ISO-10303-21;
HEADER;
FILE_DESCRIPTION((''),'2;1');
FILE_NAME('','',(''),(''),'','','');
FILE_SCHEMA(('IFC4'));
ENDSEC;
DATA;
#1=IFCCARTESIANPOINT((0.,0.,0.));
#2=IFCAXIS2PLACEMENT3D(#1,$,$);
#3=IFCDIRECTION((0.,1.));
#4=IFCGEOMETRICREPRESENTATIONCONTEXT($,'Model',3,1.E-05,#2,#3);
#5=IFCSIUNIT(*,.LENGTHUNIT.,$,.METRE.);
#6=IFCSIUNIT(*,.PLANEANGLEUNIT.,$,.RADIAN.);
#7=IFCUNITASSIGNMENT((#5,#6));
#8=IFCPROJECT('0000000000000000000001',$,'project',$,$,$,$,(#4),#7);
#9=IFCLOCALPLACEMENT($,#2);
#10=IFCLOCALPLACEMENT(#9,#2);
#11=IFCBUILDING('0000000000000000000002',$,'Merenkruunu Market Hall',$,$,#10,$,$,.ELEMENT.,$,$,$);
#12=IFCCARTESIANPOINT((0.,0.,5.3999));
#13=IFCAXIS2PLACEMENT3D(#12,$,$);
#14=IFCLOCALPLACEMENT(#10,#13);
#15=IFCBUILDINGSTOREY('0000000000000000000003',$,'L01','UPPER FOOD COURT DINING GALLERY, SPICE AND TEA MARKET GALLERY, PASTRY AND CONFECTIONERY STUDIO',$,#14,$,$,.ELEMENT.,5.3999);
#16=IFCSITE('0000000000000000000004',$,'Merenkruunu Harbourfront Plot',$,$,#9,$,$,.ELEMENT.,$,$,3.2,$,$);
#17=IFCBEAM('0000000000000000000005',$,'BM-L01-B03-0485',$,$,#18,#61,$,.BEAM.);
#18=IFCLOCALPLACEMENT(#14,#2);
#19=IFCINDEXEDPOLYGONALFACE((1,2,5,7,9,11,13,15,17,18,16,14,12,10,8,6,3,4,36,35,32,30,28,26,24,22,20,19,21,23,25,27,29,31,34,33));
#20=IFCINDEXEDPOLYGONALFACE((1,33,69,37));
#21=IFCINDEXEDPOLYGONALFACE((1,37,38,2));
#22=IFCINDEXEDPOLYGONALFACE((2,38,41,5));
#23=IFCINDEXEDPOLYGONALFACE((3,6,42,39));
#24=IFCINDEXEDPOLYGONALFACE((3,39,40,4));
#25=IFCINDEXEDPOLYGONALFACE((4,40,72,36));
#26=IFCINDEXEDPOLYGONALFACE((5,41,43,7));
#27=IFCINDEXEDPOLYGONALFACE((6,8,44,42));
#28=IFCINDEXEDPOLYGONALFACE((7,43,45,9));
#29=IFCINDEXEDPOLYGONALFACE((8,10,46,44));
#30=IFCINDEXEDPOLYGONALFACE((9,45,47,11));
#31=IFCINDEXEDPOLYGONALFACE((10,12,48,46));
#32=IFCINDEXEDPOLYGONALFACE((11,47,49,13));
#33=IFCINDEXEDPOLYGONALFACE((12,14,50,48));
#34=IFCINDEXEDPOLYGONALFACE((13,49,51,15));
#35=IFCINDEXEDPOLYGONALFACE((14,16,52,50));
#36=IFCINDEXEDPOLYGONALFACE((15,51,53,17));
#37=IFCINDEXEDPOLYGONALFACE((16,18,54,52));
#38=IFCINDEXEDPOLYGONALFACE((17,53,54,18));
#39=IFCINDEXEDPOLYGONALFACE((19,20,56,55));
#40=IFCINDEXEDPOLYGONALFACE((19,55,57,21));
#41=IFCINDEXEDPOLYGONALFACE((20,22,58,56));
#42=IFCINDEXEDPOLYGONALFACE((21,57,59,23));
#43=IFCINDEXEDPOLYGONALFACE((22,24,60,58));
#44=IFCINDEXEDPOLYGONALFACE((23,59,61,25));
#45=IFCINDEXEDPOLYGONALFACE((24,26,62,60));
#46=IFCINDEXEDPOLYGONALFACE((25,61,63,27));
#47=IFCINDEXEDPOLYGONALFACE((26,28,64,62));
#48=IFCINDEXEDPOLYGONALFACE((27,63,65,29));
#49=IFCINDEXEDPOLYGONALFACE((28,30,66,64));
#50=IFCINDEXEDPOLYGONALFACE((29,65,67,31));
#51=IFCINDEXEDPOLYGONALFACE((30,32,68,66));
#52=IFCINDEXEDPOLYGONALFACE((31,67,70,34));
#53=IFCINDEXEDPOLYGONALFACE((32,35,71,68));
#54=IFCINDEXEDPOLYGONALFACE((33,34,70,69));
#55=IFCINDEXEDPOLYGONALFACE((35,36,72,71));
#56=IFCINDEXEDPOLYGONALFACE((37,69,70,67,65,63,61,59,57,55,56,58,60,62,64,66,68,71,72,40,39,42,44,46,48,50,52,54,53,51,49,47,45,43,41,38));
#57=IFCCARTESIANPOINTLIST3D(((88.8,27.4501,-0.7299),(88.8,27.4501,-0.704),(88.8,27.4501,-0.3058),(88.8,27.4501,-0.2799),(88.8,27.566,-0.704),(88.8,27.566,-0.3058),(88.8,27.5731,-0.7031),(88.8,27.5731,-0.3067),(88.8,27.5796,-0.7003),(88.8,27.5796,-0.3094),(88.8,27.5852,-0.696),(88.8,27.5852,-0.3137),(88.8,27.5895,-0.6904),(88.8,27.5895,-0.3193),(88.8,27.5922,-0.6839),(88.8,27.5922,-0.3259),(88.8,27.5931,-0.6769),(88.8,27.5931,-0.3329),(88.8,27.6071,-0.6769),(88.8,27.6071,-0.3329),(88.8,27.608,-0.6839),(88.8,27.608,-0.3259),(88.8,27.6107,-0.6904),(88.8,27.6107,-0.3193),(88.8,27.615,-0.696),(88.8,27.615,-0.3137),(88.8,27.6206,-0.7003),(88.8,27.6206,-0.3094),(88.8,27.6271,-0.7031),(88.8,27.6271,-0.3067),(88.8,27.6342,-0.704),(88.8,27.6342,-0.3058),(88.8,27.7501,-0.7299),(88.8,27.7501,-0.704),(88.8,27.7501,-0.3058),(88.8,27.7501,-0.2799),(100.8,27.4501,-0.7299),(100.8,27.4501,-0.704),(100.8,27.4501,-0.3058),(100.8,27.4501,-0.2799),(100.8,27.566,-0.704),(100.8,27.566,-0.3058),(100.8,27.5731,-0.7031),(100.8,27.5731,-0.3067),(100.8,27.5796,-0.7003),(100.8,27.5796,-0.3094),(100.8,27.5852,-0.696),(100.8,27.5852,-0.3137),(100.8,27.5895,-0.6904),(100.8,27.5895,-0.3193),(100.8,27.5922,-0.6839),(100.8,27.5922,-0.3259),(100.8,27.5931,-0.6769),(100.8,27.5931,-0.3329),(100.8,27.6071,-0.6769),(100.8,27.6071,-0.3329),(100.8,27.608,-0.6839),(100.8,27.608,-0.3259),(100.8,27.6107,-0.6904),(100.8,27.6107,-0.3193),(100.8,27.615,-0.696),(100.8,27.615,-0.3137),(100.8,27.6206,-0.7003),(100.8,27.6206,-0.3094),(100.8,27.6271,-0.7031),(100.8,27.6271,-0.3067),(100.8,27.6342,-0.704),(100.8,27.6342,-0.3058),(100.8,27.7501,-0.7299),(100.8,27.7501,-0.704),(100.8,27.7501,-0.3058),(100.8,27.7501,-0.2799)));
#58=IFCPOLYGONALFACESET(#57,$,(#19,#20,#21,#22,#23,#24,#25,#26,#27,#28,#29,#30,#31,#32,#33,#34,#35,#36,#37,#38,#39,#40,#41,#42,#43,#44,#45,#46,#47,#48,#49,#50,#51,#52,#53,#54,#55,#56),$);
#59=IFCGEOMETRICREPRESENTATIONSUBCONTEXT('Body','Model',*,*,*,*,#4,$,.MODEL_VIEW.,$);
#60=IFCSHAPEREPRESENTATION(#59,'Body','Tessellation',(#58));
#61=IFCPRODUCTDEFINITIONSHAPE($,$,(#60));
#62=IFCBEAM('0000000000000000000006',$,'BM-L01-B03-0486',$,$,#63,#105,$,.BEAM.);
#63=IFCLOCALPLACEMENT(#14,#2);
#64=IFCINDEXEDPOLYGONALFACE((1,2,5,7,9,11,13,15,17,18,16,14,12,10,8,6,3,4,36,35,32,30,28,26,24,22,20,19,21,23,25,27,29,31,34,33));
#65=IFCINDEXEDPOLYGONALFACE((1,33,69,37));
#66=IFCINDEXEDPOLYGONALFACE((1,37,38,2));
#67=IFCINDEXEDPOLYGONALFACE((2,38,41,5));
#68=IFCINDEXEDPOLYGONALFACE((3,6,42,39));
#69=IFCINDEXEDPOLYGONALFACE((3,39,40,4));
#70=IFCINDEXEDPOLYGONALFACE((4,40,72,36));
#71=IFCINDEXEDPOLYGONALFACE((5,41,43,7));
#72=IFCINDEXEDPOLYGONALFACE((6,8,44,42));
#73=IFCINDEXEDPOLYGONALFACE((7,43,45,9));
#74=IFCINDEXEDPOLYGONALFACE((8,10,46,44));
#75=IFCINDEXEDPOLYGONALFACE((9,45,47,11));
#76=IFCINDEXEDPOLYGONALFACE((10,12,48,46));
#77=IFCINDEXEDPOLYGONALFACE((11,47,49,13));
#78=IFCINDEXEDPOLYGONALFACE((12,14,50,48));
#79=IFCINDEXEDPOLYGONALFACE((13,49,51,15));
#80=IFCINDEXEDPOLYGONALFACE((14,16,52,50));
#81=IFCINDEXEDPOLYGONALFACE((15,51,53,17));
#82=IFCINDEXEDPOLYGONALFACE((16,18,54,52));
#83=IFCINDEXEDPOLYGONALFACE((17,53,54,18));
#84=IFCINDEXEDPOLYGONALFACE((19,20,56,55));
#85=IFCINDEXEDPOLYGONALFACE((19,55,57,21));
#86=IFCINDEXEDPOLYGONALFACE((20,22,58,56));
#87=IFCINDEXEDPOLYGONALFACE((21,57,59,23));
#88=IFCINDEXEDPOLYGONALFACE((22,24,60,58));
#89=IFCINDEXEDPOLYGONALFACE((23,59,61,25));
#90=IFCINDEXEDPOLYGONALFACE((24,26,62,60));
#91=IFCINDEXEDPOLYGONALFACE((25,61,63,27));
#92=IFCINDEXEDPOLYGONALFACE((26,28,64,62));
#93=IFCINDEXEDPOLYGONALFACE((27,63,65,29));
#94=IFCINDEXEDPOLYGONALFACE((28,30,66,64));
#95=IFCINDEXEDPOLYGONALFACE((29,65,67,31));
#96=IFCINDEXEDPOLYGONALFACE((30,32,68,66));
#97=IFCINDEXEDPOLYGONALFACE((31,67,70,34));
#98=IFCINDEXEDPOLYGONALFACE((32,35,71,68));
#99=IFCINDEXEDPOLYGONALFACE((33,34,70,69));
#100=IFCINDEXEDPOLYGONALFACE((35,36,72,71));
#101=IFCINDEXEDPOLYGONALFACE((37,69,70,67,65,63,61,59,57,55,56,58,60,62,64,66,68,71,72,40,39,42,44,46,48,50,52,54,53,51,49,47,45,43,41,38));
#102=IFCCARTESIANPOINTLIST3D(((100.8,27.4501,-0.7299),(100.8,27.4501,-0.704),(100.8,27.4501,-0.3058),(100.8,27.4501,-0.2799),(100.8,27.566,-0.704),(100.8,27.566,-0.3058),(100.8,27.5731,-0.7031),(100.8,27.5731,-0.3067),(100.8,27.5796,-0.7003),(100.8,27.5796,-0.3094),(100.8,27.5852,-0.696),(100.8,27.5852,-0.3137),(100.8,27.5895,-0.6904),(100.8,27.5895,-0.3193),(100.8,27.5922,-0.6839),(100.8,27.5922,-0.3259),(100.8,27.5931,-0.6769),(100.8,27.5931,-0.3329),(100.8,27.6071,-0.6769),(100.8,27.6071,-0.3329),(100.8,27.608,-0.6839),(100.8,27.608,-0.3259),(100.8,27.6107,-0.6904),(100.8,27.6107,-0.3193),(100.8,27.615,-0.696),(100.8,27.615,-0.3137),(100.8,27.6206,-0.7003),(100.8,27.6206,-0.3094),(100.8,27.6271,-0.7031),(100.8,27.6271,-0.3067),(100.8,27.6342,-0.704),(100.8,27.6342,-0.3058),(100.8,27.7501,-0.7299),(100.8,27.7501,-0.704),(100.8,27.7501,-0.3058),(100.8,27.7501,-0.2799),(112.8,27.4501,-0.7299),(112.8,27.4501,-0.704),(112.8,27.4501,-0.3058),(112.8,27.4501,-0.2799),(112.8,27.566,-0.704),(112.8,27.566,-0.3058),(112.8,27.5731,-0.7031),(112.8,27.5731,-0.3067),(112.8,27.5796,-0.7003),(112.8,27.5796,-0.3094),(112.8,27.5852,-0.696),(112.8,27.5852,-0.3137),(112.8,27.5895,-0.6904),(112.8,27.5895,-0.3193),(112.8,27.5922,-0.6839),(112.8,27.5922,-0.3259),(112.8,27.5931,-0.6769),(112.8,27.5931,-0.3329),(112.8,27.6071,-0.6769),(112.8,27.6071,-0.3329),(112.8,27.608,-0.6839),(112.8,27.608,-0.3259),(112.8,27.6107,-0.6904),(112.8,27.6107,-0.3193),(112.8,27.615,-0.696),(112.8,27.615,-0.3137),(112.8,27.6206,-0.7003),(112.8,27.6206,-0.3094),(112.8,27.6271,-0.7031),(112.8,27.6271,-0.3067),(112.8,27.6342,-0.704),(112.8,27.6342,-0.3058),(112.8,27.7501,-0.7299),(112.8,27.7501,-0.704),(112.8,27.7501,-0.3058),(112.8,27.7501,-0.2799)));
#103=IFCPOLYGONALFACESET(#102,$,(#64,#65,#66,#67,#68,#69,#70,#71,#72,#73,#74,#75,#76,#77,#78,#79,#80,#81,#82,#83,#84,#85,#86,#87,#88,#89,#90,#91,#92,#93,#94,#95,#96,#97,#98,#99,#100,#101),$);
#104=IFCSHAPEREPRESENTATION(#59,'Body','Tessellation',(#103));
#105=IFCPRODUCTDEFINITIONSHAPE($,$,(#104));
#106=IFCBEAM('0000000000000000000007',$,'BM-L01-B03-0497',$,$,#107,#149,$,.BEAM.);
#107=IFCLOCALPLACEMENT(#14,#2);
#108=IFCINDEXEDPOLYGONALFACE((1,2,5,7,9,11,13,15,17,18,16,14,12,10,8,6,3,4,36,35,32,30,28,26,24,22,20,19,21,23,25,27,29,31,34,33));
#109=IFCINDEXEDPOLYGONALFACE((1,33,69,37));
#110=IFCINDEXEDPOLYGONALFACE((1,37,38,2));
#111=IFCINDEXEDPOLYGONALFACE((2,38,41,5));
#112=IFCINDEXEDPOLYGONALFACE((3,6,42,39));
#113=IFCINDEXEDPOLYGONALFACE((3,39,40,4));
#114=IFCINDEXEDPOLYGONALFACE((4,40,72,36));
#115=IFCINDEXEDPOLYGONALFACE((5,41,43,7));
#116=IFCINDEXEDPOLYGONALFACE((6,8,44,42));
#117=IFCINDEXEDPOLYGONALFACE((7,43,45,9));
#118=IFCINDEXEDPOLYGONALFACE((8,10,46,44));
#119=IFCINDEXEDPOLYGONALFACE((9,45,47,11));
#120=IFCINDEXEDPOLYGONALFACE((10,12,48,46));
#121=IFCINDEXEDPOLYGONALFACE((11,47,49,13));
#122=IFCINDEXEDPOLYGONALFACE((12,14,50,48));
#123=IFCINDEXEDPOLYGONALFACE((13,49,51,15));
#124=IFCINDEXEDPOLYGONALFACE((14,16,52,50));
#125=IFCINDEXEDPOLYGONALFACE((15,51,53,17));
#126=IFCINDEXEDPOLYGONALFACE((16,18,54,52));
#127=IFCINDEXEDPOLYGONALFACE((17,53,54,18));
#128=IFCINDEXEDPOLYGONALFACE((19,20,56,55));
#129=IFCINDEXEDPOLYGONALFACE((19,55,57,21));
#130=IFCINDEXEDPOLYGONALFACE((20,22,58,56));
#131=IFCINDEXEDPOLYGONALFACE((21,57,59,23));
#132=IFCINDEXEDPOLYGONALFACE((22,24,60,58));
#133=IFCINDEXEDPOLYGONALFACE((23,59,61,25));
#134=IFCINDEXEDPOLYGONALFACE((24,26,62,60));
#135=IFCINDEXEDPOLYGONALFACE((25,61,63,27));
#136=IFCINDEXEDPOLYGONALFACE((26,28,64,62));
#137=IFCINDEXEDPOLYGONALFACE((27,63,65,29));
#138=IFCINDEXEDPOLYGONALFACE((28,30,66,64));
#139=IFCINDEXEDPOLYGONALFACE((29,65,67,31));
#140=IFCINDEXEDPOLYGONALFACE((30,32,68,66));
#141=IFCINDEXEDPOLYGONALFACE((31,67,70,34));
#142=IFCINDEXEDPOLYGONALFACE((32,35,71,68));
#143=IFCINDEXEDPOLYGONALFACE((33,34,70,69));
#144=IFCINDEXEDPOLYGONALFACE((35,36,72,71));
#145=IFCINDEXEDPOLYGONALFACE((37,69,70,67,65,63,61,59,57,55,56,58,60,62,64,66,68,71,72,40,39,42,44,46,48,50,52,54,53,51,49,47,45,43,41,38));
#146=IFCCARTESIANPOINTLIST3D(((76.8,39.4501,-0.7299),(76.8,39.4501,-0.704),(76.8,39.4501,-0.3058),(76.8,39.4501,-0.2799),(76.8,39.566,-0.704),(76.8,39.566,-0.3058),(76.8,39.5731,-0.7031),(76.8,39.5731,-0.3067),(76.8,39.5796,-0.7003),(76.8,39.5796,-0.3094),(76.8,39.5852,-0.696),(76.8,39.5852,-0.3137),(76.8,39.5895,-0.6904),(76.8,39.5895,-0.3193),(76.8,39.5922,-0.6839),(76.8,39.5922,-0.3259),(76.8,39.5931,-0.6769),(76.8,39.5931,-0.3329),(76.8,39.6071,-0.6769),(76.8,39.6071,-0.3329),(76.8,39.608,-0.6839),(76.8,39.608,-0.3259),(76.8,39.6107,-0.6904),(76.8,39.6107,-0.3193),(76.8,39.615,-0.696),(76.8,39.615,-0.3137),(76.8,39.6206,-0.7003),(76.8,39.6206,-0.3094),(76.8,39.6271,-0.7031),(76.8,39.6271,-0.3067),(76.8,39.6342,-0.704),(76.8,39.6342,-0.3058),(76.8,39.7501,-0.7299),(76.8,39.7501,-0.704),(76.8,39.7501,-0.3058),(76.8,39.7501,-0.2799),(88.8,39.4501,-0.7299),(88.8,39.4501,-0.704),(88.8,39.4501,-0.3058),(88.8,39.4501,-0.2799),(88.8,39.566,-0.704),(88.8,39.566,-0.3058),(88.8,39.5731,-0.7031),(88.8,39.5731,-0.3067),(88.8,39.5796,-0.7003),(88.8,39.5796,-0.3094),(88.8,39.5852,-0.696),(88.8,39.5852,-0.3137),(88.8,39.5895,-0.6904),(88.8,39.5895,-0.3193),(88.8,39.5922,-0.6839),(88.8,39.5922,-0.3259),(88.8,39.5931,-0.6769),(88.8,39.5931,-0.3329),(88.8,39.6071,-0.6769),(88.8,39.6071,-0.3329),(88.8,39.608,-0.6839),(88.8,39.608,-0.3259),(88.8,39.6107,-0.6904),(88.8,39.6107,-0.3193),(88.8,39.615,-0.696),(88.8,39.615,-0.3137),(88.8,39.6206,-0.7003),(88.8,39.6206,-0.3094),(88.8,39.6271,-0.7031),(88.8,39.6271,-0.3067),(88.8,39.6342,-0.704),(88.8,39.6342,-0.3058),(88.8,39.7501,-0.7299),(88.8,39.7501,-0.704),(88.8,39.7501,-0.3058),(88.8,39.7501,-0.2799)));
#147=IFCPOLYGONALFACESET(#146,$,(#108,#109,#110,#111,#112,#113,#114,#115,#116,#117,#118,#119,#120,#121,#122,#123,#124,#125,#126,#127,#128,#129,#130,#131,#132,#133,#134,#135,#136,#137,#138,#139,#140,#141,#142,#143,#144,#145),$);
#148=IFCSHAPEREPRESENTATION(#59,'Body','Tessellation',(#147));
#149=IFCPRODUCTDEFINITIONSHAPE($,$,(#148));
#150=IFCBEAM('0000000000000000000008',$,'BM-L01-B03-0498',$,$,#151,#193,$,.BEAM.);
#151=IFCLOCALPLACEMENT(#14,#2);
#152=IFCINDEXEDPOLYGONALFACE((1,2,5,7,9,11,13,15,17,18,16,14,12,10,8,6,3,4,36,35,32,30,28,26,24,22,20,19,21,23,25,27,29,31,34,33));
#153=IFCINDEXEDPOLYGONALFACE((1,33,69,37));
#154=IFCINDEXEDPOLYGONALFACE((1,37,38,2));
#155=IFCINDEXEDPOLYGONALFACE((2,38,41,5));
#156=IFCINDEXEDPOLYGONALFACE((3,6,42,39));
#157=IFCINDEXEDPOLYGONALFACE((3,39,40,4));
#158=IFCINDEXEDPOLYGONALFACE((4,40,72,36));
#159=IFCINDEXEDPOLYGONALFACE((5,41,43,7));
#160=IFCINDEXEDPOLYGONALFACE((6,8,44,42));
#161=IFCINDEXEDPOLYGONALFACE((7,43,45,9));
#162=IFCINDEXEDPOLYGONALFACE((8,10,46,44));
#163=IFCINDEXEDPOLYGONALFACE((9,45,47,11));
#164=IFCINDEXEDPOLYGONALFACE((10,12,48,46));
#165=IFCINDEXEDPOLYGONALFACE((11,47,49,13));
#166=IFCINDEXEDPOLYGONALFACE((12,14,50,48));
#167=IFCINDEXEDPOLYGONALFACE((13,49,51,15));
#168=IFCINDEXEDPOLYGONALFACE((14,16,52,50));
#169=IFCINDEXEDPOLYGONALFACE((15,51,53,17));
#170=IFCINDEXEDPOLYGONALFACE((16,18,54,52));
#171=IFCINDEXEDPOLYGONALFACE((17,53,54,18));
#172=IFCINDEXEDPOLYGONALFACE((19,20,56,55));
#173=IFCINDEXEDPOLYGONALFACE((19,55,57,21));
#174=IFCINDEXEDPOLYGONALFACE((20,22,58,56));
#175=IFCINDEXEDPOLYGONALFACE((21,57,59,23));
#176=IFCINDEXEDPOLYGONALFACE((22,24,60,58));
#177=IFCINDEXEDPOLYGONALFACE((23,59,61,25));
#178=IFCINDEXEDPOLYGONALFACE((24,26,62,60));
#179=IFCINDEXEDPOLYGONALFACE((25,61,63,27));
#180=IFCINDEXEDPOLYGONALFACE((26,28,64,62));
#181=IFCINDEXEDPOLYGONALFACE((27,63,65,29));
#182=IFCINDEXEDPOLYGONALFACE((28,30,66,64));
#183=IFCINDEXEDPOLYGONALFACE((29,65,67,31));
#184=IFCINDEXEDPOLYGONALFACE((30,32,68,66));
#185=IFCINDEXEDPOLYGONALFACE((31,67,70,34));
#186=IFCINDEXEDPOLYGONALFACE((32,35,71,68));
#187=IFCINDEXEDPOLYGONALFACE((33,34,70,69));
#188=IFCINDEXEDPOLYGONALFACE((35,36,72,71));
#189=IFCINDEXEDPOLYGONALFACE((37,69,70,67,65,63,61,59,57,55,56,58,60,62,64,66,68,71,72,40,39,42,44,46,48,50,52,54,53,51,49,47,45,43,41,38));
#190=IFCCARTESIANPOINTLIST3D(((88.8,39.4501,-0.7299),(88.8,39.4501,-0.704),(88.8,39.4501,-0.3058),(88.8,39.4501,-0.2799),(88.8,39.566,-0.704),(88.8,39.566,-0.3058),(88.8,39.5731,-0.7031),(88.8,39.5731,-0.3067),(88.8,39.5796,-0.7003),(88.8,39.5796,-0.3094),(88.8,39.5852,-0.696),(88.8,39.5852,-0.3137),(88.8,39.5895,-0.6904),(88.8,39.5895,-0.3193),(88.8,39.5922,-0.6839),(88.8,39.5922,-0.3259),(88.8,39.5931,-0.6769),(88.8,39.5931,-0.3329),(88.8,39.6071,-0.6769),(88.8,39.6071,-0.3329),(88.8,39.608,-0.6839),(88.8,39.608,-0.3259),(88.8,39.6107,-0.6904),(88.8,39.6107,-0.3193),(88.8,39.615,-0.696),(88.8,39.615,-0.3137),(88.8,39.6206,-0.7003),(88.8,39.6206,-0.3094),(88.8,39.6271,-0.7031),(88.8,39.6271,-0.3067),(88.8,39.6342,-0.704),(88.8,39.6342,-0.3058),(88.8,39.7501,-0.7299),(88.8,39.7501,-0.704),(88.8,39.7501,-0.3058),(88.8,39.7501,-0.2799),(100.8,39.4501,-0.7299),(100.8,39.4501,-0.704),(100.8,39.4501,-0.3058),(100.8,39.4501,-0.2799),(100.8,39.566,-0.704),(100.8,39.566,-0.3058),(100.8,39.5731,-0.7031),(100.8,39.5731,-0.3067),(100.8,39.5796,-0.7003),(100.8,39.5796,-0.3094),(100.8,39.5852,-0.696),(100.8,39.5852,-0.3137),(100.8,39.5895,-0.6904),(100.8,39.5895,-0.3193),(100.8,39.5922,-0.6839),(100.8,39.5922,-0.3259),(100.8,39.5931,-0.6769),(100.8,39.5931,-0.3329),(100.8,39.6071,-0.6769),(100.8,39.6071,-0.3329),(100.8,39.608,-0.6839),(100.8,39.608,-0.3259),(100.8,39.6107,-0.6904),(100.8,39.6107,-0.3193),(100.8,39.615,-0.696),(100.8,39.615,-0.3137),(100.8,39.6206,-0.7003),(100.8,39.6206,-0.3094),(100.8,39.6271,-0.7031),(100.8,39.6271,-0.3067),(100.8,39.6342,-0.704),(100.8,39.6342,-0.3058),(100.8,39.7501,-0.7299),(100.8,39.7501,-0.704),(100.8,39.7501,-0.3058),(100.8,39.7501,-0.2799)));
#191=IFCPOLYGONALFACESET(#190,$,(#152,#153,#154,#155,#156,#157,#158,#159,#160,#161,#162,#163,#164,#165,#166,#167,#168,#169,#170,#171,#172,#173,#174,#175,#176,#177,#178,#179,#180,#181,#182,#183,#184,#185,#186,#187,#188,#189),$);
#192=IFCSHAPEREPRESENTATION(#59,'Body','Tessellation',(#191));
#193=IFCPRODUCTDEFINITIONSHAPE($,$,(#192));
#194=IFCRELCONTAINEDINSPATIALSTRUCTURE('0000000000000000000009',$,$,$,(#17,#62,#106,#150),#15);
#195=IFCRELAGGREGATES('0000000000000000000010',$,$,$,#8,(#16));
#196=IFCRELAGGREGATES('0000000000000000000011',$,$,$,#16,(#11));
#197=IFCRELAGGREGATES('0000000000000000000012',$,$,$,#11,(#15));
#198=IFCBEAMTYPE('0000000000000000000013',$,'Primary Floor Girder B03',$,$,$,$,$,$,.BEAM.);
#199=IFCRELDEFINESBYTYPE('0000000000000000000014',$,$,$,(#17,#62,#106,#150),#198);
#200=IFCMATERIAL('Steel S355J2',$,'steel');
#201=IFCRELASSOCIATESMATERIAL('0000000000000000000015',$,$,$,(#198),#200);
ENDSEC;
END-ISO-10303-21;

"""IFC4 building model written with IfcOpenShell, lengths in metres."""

from ifc_helpers import new_model, si_unit, direction, frame, origin, origin_2d, place, context, subcontext, project, spatial, i_section, extrude, material, material_profile, profile_set, type_object, element, save


model = new_model("IFC4")

# Units and contexts
model_context = context("Model", 3, precision=1e-05, world=origin(), true_north=direction((0.0, 1.0)))
body_context = subcontext(model_context, "Body", "Model", "MODEL_VIEW")
ifc_project = project(units=[si_unit("LENGTHUNIT", "METRE"), si_unit("PLANEANGLEUNIT", "RADIAN")], contexts=[model_context])

# Site, building, storey
site_placement = place(None, origin())
site = spatial("IfcSite", under=ifc_project, at=site_placement, Name="Merenkruunu Harbourfront Plot", CompositionType="ELEMENT", RefElevation=3.2)
building_placement = place(site_placement, origin())
building = spatial("IfcBuilding", under=site, at=building_placement, Name="Merenkruunu Market Hall", CompositionType="ELEMENT")
storey_placement = place(building_placement, frame((0.0, 0.0, 5.3999)))
storey = spatial("IfcBuildingStorey", under=building, at=storey_placement, Name="L01", Description="UPPER FOOD COURT DINING GALLERY, SPICE AND TEA MARKET GALLERY, PASTRY AND CONFECTIONERY STUDIO", CompositionType="ELEMENT", Elevation=5.3999)

# Shared definitions
ifc_material_1 = material(Name="Steel S355J2", Category="steel")

# Beams
ifc_material_profile_1 = material_profile(ifc_material_1, i_section(OverallWidth=0.3, OverallDepth=0.45, WebThickness=0.0139, FlangeThickness=0.0259, FilletRadius=0.0271, at=origin_2d()), Name="HEB 450")
ifc_profile_set_1 = profile_set([ifc_material_profile_1], Name="Steel S355J2")
beam_type_1 = type_object("IfcBeamType", Name="Primary Floor Girder B03", PredefinedType="BEAM", material=ifc_profile_set_1)
for number, where, z_axis, x_axis, name in (
    (1, (88.8, 27.6001, -0.5049), (1.0, 0.0, 0.0), (0.0, 1.0, 0.0), "BM-L01-B03-0485"),
    (2, (100.8, 27.6001, -0.5049), (1.0, 0.0, 0.0), (0.0, 1.0, 0.0), "BM-L01-B03-0486"),
    (3, (76.8, 39.6001, -0.5049), (1.0, 0.0, 0.0), (0.0, 1.0, 0.0), "BM-L01-B03-0497"),
    (4, (88.8, 39.6001, -0.5049), (1.0, 0.0, 0.0), (0.0, 1.0, 0.0), "BM-L01-B03-0498"),
):
    element("IfcBeam", number, at=place(storey_placement, frame(where, z_axis=z_axis, x_axis=x_axis)), inside=storey, type_object=beam_type_1, Name=name, PredefinedType="BEAM", context=body_context, shape_type="SweptSolid", body=[
        extrude(i_section(OverallWidth=0.3, OverallDepth=0.45, WebThickness=0.0139, FlangeThickness=0.0259, FilletRadius=0.0271, at=origin_2d()), origin(), (0.0, 0.0, 1.0), 12.0),
    ])

save(model, "model.ifc")
